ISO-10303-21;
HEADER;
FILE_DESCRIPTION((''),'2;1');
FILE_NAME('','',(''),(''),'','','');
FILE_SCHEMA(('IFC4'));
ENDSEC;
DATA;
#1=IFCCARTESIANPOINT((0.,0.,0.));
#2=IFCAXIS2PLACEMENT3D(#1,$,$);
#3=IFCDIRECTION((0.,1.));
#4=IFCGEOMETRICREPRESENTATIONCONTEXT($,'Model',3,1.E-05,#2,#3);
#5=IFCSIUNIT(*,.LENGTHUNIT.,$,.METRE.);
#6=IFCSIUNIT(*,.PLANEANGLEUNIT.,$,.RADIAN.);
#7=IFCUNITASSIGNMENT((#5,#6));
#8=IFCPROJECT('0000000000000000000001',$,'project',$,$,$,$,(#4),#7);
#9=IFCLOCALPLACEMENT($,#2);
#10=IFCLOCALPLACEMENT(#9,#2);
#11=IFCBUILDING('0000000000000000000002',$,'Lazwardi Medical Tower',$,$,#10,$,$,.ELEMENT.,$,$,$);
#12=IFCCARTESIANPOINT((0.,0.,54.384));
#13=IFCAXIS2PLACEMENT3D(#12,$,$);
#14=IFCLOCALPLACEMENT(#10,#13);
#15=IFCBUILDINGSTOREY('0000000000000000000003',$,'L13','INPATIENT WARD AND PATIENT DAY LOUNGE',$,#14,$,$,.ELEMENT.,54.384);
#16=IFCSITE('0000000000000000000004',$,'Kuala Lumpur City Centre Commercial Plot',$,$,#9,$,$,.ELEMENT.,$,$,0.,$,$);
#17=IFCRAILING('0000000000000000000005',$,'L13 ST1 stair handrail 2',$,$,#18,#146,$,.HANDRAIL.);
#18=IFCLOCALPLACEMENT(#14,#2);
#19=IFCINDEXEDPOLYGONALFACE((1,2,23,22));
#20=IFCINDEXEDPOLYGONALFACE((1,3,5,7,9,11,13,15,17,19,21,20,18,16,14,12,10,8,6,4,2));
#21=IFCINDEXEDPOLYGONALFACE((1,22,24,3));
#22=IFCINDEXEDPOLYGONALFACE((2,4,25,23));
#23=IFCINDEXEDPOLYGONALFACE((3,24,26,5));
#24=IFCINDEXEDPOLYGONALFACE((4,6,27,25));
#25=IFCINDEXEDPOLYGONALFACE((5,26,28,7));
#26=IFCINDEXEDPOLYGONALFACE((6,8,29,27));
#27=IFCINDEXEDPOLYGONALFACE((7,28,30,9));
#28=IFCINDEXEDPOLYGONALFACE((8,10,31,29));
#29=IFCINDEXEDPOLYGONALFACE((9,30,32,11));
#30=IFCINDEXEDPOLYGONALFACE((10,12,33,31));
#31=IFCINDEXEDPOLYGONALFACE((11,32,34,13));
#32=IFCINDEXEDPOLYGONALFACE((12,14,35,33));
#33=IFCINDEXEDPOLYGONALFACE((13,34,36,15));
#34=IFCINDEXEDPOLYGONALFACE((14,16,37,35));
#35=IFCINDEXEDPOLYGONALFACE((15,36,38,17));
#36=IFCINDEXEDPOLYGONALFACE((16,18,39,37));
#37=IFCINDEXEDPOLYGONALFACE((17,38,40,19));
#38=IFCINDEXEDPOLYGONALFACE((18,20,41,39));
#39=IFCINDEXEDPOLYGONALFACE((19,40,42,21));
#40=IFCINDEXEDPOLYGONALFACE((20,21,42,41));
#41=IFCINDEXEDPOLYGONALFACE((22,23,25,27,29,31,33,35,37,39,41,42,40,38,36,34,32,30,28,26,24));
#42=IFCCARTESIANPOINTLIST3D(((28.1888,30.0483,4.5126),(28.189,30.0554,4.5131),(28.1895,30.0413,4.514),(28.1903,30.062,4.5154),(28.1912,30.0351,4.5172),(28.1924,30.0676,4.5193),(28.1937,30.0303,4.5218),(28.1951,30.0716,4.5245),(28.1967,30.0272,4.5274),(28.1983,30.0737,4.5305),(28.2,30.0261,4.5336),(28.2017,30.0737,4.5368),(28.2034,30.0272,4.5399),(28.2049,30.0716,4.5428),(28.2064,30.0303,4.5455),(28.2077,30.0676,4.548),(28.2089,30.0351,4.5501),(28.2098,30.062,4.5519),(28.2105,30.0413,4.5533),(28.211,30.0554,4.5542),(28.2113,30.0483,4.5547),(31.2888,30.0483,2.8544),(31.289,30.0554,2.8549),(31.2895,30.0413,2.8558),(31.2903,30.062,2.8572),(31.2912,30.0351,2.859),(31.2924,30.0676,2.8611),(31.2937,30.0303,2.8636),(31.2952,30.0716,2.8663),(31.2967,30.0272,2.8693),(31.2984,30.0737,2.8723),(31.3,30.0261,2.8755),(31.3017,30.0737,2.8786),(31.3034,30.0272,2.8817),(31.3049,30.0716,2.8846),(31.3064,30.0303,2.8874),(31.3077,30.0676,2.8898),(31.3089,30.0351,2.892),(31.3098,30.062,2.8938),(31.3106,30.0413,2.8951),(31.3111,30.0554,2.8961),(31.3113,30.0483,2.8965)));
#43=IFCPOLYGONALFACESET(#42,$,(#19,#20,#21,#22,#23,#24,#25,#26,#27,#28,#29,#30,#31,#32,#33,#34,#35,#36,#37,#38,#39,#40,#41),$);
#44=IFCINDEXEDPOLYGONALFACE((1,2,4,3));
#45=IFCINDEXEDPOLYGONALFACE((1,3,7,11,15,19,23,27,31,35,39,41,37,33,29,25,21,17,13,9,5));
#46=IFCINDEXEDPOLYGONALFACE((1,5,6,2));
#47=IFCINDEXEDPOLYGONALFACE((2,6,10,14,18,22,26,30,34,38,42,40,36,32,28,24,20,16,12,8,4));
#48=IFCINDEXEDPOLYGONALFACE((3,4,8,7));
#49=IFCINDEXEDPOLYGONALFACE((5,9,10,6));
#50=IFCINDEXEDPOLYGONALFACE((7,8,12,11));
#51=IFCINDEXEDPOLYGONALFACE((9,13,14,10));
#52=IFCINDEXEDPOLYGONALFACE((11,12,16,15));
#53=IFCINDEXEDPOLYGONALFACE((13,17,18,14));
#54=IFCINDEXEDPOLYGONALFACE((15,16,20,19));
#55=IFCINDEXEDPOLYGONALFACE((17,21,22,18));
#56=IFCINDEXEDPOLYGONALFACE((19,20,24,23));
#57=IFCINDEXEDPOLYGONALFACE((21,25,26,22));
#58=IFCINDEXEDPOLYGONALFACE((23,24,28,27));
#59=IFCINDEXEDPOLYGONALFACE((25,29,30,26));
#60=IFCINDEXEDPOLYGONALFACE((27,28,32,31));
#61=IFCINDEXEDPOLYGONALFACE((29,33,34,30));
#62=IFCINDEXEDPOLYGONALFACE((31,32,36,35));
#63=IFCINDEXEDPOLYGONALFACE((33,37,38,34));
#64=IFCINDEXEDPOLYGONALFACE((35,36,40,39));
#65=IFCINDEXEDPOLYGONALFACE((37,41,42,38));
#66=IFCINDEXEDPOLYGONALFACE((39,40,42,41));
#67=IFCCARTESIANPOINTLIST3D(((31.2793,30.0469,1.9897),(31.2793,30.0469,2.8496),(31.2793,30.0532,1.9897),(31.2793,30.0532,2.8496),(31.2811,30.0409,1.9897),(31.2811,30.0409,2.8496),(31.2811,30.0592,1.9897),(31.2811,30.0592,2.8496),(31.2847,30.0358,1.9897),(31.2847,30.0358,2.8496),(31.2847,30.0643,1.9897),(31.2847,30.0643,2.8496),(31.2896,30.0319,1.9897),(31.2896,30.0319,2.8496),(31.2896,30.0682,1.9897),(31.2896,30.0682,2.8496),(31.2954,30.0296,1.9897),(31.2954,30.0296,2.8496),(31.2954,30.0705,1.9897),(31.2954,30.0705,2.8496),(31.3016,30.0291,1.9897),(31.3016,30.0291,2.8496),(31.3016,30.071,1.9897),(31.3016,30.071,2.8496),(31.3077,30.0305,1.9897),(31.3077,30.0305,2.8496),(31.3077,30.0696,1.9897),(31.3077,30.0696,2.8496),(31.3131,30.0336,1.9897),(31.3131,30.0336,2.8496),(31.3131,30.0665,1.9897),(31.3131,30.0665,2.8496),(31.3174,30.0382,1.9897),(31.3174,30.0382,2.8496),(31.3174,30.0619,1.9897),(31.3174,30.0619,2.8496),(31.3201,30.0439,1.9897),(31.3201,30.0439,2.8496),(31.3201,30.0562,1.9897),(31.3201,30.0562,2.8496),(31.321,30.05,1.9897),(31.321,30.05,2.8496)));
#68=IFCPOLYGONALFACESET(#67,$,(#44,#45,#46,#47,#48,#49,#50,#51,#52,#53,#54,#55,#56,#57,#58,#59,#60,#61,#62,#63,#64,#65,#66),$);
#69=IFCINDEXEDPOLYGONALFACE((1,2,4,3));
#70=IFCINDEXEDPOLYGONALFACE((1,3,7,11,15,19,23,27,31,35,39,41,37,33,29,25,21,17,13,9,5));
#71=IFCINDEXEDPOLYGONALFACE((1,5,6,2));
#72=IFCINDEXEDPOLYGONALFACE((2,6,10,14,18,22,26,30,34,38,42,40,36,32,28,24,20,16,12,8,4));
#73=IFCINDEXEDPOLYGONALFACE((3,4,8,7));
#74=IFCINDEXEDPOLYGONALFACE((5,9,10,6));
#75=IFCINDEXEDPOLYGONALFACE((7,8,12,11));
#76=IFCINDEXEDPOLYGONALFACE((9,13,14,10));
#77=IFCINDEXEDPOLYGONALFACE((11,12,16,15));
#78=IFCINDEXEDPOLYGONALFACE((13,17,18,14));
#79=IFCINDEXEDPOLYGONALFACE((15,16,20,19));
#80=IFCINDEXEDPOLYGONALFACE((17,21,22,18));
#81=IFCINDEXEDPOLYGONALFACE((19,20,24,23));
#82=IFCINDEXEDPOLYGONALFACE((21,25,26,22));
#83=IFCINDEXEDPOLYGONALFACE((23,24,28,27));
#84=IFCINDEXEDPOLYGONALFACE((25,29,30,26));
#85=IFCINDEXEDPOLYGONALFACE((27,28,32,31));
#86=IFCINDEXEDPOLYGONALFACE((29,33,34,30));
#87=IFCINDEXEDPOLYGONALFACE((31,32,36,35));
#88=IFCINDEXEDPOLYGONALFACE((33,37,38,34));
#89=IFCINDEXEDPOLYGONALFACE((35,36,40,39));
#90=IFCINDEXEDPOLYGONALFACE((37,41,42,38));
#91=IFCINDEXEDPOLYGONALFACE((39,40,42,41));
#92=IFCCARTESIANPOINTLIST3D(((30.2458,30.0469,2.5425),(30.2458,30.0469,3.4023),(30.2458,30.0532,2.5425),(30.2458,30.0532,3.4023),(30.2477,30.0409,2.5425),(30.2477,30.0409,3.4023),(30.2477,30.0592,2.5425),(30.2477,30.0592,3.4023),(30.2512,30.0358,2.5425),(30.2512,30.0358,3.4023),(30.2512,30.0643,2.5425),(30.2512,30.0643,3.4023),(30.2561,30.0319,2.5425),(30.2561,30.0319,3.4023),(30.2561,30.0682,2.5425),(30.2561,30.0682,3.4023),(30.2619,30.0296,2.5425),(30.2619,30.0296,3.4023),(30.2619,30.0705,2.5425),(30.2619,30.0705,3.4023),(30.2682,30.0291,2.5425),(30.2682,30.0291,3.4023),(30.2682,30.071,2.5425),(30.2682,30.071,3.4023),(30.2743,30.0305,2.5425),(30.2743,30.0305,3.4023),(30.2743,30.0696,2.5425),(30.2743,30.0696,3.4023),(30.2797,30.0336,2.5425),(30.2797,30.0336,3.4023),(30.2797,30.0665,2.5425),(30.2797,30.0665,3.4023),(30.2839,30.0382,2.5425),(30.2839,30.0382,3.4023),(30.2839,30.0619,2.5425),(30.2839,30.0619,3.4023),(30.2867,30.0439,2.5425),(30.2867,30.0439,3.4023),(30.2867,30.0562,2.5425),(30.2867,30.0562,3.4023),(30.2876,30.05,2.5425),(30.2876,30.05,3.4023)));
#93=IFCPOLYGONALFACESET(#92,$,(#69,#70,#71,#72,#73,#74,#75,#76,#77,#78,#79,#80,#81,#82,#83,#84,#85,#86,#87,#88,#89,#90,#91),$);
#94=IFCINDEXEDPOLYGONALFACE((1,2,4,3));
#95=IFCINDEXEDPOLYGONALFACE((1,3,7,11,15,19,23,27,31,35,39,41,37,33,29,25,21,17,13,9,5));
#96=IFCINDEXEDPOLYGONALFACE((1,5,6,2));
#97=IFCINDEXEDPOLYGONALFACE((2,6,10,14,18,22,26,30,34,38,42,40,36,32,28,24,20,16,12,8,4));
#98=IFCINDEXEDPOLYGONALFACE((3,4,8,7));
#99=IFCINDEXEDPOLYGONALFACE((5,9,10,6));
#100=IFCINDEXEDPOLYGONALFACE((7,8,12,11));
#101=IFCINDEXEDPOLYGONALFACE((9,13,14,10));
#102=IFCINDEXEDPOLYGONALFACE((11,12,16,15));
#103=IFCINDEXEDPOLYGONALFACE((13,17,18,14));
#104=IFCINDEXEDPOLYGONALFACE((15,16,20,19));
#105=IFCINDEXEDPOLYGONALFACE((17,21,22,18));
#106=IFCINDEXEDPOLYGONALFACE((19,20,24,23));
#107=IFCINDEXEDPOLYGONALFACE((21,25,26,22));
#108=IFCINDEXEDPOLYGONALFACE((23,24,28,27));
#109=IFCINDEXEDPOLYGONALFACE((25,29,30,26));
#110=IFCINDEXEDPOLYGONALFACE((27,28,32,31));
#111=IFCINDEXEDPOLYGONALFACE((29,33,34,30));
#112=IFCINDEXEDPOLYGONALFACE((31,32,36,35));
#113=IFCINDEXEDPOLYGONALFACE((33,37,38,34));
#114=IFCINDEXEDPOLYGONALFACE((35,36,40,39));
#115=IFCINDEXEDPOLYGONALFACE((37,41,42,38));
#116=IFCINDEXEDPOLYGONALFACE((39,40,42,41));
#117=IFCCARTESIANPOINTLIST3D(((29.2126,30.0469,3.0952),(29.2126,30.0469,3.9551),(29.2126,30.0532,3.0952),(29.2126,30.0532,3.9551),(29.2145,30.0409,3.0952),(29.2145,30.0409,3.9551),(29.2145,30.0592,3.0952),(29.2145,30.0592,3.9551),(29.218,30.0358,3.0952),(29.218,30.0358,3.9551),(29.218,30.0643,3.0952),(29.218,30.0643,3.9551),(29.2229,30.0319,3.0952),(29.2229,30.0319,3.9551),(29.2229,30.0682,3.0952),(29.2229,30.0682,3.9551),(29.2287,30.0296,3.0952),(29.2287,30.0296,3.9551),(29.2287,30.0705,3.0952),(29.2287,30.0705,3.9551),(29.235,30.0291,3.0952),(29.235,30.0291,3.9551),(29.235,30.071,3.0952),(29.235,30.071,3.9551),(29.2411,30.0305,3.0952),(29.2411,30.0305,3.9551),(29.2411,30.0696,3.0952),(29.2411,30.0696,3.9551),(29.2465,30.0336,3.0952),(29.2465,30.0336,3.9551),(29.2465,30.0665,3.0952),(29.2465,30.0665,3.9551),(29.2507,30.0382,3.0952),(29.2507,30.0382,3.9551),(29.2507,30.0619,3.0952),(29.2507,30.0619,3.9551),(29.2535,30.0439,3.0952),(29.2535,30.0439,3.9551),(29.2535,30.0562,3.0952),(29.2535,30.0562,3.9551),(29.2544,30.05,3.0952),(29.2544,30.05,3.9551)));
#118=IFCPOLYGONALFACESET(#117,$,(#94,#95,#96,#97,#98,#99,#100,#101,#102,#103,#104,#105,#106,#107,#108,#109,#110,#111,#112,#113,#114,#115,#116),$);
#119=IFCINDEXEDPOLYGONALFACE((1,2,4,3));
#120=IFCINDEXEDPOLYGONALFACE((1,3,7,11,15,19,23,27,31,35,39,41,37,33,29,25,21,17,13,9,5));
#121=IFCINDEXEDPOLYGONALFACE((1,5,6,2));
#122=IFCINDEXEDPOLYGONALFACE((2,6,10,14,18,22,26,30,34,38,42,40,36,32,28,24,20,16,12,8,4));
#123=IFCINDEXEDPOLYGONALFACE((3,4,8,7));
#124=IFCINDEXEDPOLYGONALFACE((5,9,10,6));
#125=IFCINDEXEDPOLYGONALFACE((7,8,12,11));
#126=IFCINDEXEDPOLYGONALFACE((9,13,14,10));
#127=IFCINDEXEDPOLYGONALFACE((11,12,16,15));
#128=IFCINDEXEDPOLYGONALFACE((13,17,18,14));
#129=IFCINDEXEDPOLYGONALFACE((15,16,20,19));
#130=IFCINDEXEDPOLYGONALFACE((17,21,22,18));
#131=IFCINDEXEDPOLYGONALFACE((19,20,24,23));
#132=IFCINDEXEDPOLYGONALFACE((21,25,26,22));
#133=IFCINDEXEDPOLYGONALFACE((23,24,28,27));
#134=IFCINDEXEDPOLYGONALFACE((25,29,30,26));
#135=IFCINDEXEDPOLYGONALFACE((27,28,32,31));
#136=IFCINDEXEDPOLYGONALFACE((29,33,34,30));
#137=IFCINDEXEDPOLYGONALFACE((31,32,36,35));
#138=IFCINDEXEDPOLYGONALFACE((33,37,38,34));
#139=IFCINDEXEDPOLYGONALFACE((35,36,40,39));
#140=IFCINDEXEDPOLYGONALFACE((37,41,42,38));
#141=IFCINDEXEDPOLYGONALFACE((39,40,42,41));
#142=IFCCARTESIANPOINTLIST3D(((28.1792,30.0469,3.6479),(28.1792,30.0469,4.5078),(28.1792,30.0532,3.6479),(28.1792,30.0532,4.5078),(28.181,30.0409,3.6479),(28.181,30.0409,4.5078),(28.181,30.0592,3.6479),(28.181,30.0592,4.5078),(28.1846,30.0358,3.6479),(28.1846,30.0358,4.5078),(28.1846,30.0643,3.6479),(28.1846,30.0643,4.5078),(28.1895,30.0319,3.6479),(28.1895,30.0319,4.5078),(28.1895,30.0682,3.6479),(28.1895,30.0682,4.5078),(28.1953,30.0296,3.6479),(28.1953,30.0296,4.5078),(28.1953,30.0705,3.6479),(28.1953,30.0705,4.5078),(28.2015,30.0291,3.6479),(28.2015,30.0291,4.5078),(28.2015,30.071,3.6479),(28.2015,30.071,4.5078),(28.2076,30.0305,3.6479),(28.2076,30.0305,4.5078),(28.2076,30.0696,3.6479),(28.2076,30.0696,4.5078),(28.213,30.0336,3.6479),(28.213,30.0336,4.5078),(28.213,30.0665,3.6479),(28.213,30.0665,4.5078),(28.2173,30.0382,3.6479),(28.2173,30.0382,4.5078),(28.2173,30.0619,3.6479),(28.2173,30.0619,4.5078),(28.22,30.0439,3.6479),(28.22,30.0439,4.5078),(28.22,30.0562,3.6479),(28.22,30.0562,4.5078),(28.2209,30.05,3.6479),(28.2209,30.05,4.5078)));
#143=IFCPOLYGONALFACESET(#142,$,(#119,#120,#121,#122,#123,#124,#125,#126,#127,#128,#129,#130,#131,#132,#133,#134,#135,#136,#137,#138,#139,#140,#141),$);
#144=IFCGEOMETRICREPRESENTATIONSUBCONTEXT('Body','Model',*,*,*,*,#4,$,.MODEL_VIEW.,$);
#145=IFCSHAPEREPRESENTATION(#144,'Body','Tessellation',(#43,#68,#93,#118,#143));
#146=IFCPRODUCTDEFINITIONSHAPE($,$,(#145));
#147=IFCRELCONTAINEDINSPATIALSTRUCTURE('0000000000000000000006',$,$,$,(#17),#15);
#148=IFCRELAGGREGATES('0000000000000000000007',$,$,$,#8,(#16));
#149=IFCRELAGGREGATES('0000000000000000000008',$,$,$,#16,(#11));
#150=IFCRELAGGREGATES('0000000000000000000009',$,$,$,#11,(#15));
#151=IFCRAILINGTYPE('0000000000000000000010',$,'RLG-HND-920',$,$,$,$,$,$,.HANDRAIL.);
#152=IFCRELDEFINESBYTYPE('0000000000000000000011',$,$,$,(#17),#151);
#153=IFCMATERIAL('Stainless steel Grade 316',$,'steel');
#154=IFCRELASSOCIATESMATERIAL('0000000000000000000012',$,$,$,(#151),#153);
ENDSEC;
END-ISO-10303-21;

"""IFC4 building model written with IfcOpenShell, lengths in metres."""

from ifc_helpers import new_model, si_unit, direction, frame, origin, origin_2d, place, context, subcontext, project, spatial, circle, extrude, material, type_object, element, save


model = new_model("IFC4")

# Units and contexts
model_context = context("Model", 3, precision=1e-05, world=origin(), true_north=direction((0.0, 1.0)))
body_context = subcontext(model_context, "Body", "Model", "MODEL_VIEW")
ifc_project = project(units=[si_unit("LENGTHUNIT", "METRE"), si_unit("PLANEANGLEUNIT", "RADIAN")], contexts=[model_context])

# Site, building, storey
site_placement = place(None, origin())
site = spatial("IfcSite", under=ifc_project, at=site_placement, Name="Kuala Lumpur City Centre Commercial Plot", CompositionType="ELEMENT", RefElevation=0.0)
building_placement = place(site_placement, origin())
building = spatial("IfcBuilding", under=site, at=building_placement, Name="Lazwardi Medical Tower", CompositionType="ELEMENT")
storey_placement = place(building_placement, frame((0.0, 0.0, 54.384)))
storey = spatial("IfcBuildingStorey", under=building, at=storey_placement, Name="L13", Description="INPATIENT WARD AND PATIENT DAY LOUNGE", CompositionType="ELEMENT", Elevation=54.384)

# Railing
ifc_material_1 = material(Name="Stainless steel Grade 316", Category="steel")
railing_type_1 = type_object("IfcRailingType", Name="RLG-HND-920", PredefinedType="HANDRAIL", material=ifc_material_1)
railing_1_placement = place(storey_placement, frame((31.3, 30.05, 1.9897)))
element("IfcRailing", 1, at=railing_1_placement, inside=storey, type_object=railing_type_1, Name="L13 ST1 stair handrail 2", PredefinedType="HANDRAIL", context=body_context, shape_type="SweptSolid", body=[
    extrude(circle(Radius=0.0239, at=origin_2d()), frame((0.0, 0.0, 0.8857), z_axis=(-0.881783, 0.0, 0.471655), x_axis=(0.0, -1.0, 0.0)), (0.0, 0.0, 1.0), 3.5156),
    extrude(circle(Radius=0.021, at=origin_2d()), origin(), (0.0, 0.0, 1.0), 0.8599),
    extrude(circle(Radius=0.021, at=origin_2d()), frame((-1.0334, 0.0, 0.5527)), (0.0, 0.0, 1.0), 0.8599),
    extrude(circle(Radius=0.021, at=origin_2d()), frame((-2.0667, 0.0, 1.1055)), (0.0, 0.0, 1.0), 0.8599),
    extrude(circle(Radius=0.021, at=origin_2d()), frame((-3.1001, 0.0, 1.6582)), (0.0, 0.0, 1.0), 0.8599),
])

save(model, "model.ifc")
